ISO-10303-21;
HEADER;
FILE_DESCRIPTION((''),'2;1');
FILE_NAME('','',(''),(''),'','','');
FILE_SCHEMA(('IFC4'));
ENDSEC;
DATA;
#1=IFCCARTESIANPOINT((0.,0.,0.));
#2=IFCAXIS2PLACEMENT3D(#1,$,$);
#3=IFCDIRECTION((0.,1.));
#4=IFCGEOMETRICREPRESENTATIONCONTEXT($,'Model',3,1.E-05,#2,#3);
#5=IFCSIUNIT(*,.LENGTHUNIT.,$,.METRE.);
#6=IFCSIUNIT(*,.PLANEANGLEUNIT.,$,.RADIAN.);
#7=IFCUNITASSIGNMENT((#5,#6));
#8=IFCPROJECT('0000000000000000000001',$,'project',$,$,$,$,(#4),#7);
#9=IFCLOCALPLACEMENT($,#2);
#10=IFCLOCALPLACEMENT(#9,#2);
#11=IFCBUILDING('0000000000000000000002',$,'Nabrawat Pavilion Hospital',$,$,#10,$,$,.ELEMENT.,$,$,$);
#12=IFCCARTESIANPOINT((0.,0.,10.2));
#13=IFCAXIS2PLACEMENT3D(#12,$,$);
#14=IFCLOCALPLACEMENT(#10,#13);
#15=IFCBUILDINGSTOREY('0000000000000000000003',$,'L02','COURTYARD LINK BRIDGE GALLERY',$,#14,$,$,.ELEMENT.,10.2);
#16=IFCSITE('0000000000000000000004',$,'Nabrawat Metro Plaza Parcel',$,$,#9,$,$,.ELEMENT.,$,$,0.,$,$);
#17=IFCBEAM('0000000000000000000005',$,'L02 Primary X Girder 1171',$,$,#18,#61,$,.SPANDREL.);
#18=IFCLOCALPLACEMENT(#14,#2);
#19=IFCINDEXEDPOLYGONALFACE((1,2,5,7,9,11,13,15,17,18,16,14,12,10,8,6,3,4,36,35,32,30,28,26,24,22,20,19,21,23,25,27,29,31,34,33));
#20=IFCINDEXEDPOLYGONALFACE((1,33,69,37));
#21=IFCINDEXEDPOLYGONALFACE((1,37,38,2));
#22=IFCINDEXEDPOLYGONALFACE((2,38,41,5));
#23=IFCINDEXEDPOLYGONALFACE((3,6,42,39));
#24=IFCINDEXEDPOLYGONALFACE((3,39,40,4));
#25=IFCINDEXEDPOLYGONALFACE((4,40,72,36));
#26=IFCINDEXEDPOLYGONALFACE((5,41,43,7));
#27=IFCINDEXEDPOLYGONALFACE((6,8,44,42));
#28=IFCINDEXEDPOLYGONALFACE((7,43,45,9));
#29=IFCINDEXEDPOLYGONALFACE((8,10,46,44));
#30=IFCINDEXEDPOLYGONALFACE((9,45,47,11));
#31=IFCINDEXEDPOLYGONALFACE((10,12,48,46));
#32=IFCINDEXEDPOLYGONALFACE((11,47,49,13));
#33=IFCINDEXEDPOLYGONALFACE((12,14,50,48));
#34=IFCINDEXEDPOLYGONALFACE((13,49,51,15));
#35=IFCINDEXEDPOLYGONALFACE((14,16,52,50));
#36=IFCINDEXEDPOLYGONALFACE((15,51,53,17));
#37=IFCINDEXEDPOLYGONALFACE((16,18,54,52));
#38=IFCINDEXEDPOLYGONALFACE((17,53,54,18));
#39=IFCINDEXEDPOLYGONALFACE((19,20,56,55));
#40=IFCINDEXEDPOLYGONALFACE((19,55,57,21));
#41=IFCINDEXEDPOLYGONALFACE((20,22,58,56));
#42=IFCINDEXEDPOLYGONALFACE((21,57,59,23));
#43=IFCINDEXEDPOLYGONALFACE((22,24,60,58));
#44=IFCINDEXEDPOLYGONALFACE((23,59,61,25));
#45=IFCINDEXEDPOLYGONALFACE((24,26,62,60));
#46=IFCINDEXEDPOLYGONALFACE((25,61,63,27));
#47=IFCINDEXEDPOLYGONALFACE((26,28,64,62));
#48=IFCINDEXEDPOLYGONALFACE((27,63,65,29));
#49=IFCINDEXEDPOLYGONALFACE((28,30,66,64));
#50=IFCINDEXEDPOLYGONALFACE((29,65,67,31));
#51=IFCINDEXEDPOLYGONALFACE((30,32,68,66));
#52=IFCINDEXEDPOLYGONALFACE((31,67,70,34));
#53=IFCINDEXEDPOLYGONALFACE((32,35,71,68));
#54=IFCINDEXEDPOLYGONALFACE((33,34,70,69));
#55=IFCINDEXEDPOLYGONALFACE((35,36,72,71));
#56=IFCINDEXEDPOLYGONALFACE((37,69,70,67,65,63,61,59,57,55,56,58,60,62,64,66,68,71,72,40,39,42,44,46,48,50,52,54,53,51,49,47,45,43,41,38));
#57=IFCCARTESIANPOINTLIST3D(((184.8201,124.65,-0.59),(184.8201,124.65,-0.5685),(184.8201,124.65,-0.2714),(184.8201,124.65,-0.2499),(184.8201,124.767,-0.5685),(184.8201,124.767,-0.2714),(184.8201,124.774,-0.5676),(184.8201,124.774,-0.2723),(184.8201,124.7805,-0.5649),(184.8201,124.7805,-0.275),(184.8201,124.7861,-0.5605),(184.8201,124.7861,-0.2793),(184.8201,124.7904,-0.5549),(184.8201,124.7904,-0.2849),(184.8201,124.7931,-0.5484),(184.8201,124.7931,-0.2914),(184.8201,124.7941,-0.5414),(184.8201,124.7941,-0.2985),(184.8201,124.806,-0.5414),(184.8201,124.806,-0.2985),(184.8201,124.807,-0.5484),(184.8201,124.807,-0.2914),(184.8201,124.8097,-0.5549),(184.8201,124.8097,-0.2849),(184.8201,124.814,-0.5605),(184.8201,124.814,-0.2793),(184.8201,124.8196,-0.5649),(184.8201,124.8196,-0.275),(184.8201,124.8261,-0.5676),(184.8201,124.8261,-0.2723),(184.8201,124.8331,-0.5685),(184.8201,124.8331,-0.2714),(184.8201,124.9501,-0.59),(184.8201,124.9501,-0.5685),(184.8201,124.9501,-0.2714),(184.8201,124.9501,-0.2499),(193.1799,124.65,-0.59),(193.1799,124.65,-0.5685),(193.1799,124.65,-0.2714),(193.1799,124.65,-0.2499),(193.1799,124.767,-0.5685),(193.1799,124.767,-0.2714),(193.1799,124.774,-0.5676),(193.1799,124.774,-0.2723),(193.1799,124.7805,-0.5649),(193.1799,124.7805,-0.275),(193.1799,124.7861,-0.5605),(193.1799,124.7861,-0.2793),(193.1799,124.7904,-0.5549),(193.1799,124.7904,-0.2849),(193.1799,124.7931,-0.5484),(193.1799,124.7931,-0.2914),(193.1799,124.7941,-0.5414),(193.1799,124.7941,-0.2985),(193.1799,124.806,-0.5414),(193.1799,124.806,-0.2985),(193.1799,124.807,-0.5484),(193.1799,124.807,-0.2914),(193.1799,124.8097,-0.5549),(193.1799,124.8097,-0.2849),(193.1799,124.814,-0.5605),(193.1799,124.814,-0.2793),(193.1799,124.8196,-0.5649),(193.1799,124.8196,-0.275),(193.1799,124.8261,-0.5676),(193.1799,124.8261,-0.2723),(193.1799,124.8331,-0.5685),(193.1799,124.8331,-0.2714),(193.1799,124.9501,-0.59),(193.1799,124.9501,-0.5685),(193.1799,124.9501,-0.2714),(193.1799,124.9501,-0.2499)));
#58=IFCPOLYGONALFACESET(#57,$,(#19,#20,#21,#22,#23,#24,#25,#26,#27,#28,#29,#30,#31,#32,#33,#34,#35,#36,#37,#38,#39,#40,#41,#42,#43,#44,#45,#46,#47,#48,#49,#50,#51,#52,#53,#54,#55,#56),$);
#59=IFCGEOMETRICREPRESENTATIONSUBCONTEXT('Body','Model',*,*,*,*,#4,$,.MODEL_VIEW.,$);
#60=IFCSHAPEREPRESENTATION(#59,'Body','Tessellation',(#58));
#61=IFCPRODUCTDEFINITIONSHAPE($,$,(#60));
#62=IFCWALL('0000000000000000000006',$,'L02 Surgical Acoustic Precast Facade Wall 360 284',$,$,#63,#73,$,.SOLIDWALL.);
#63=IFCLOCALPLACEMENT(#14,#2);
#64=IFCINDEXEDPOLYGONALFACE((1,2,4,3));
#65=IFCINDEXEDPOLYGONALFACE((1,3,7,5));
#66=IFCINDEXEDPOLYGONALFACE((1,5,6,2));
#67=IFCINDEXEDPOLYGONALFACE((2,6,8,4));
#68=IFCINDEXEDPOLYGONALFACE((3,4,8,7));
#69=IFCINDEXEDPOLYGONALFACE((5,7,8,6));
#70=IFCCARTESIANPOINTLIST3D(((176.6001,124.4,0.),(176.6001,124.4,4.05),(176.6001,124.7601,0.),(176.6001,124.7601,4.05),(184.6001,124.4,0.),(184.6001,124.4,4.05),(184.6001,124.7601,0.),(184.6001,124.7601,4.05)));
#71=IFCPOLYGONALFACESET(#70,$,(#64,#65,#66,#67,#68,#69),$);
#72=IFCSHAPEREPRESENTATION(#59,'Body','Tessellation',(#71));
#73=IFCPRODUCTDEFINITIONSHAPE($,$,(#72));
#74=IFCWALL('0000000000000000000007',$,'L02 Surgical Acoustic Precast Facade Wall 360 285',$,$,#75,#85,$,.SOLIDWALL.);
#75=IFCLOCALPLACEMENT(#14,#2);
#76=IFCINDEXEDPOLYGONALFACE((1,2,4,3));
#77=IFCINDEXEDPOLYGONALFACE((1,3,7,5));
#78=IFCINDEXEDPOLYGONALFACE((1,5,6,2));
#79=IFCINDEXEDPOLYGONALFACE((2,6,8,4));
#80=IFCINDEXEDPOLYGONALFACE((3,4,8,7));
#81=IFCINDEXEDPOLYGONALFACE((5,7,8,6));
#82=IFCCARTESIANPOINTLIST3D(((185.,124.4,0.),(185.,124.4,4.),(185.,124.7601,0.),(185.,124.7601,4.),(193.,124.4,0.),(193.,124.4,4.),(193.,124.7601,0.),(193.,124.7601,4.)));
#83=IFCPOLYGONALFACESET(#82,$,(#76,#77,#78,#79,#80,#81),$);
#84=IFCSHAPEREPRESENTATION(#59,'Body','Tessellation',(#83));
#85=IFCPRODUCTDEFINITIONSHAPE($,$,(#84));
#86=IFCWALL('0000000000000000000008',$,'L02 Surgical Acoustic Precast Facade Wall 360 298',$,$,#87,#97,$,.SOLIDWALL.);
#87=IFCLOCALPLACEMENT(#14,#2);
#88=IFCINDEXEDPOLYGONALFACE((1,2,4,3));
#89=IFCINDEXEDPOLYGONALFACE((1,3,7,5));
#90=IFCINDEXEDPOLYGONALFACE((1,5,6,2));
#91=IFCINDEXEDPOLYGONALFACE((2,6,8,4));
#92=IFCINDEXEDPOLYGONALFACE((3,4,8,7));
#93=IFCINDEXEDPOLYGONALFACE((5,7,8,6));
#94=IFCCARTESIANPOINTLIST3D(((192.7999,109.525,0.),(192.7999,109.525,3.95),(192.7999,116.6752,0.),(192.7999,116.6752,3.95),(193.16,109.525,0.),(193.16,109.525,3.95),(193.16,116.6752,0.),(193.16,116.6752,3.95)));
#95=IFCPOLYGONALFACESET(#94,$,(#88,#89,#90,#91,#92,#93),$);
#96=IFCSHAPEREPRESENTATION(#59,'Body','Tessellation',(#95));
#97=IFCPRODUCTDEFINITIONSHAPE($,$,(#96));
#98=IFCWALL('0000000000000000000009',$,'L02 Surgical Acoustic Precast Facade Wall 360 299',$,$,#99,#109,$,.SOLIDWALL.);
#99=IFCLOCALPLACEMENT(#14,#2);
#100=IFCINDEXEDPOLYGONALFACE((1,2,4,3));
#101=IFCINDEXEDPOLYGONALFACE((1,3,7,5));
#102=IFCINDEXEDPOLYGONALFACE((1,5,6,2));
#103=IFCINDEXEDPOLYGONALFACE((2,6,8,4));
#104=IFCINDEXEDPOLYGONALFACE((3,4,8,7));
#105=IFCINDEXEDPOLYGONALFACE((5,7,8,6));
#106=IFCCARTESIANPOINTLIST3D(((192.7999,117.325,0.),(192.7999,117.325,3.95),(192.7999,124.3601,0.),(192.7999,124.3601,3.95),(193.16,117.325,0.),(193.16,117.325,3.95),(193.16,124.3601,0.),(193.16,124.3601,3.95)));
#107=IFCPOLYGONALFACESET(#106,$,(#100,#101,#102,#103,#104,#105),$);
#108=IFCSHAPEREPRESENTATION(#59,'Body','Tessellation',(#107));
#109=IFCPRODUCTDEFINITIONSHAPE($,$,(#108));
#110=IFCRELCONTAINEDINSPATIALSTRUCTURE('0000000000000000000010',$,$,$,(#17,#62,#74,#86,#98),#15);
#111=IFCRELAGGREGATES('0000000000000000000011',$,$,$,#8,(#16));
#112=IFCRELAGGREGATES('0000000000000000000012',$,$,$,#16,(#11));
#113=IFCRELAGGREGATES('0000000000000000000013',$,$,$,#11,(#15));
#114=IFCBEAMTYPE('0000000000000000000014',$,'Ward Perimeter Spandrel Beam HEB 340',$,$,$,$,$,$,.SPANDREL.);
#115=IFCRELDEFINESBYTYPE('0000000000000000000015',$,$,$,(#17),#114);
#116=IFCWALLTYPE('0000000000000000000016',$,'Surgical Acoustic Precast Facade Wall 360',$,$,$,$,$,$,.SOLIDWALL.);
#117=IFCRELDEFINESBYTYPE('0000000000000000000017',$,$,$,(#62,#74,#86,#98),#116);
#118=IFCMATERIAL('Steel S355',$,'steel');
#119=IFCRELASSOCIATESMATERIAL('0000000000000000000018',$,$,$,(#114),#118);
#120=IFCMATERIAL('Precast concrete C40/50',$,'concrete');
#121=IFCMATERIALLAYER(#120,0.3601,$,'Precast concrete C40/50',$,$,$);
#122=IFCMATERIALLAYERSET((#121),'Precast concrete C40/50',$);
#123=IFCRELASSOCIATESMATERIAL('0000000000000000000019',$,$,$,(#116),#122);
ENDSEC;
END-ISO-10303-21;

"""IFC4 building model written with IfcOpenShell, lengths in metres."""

from ifc_helpers import new_model, si_unit, direction, frame, frame_2d, origin, origin_2d, place, context, subcontext, project, spatial, rectangle, i_section, extrude, material, layer, layer_set, material_profile, profile_set, type_object, element, save


model = new_model("IFC4")

# Units and contexts
model_context = context("Model", 3, precision=1e-05, world=origin(), true_north=direction((0.0, 1.0)))
body_context = subcontext(model_context, "Body", "Model", "MODEL_VIEW")
ifc_project = project(units=[si_unit("LENGTHUNIT", "METRE"), si_unit("PLANEANGLEUNIT", "RADIAN")], contexts=[model_context])

# Site, building, storey
site_placement = place(None, origin())
site = spatial("IfcSite", under=ifc_project, at=site_placement, Name="Nabrawat Metro Plaza Parcel", CompositionType="ELEMENT", RefElevation=0.0)
building_placement = place(site_placement, origin())
building = spatial("IfcBuilding", under=site, at=building_placement, Name="Nabrawat Pavilion Hospital", CompositionType="ELEMENT")
storey_placement = place(building_placement, frame((0.0, 0.0, 10.2)))
storey = spatial("IfcBuildingStorey", under=building, at=storey_placement, Name="L02", Description="COURTYARD LINK BRIDGE GALLERY", CompositionType="ELEMENT", Elevation=10.2)

# Shared definitions
ifc_material_1 = material(Name="Steel S355", Category="steel")

# Beam
ifc_material_profile_1 = material_profile(ifc_material_1, i_section(OverallWidth=0.3, OverallDepth=0.3401, WebThickness=0.012, FlangeThickness=0.0215, FilletRadius=0.0271, at=origin_2d()), Name="HEB 340")
ifc_profile_set_1 = profile_set([ifc_material_profile_1], Name="Steel S355")
beam_type_1 = type_object("IfcBeamType", Name="Ward Perimeter Spandrel Beam HEB 340", PredefinedType="SPANDREL", material=ifc_profile_set_1)
beam_1_placement = place(storey_placement, frame((184.8201, 124.8, -0.4199), z_axis=(1.0, 0.0, 0.0), x_axis=(0.0, 1.0, 0.0)))
element("IfcBeam", 1, at=beam_1_placement, inside=storey, type_object=beam_type_1, Name="L02 Primary X Girder 1171", PredefinedType="SPANDREL", context=body_context, shape_type="SweptSolid", body=[
    extrude(i_section(OverallWidth=0.3, OverallDepth=0.3401, WebThickness=0.012, FlangeThickness=0.0215, FilletRadius=0.0271, at=origin_2d()), origin(), (0.0, 0.0, 1.0), 8.3599),
])

# Walls
ifc_material_2 = material(Name="Precast concrete C40/50", Category="concrete")
ifc_layer = layer(ifc_material_2, 0.3601, Name="Precast concrete C40/50")
ifc_layer_set = layer_set([ifc_layer], Name="Precast concrete C40/50")
wall_type = type_object("IfcWallType", Name="Surgical Acoustic Precast Facade Wall 360", PredefinedType="SOLIDWALL", material=ifc_layer_set)
wall_1_placement = place(storey_placement, frame((176.6001, 124.5801, 0.0), z_axis=(0.0, 0.0, 1.0), x_axis=(1.0, 0.0, 0.0)))
element("IfcWall", 2, at=wall_1_placement, inside=storey, type_object=wall_type, Name="L02 Surgical Acoustic Precast Facade Wall 360 284", PredefinedType="SOLIDWALL", context=body_context, shape_type="SweptSolid", body=[
    extrude(rectangle(XDim=8.0, YDim=0.3601, at=frame_2d((4.0, 0.0))), origin(), (0.0, 0.0, 1.0), 4.05),
])
wall_2_placement = place(storey_placement, frame((185.0, 124.5801, 0.0), z_axis=(0.0, 0.0, 1.0), x_axis=(1.0, 0.0, 0.0)))
element("IfcWall", 3, at=wall_2_placement, inside=storey, type_object=wall_type, Name="L02 Surgical Acoustic Precast Facade Wall 360 285", PredefinedType="SOLIDWALL", context=body_context, shape_type="SweptSolid", body=[
    extrude(rectangle(XDim=8.0, YDim=0.3601, at=frame_2d((4.0, 0.0))), origin(), (0.0, 0.0, 1.0), 4.0),
])
wall_3_placement = place(storey_placement, frame((192.98, 109.5249, 0.0), z_axis=(0.0, 0.0, 1.0), x_axis=(0.0, 1.0, 0.0)))
element("IfcWall", 4, at=wall_3_placement, inside=storey, type_object=wall_type, Name="L02 Surgical Acoustic Precast Facade Wall 360 298", PredefinedType="SOLIDWALL", context=body_context, shape_type="SweptSolid", body=[
    extrude(rectangle(XDim=7.1501, YDim=0.3601, at=frame_2d((3.5752, 0.0))), origin(), (0.0, 0.0, 1.0), 3.95),
])
wall_4_placement = place(storey_placement, frame((192.98, 117.325, 0.0), z_axis=(0.0, 0.0, 1.0), x_axis=(0.0, 1.0, 0.0)))
element("IfcWall", 5, at=wall_4_placement, inside=storey, type_object=wall_type, Name="L02 Surgical Acoustic Precast Facade Wall 360 299", PredefinedType="SOLIDWALL", context=body_context, shape_type="SweptSolid", body=[
    extrude(rectangle(XDim=7.0352, YDim=0.3601, at=frame_2d((3.5176, 0.0))), origin(), (0.0, 0.0, 1.0), 3.95),
])

save(model, "model.ifc")
